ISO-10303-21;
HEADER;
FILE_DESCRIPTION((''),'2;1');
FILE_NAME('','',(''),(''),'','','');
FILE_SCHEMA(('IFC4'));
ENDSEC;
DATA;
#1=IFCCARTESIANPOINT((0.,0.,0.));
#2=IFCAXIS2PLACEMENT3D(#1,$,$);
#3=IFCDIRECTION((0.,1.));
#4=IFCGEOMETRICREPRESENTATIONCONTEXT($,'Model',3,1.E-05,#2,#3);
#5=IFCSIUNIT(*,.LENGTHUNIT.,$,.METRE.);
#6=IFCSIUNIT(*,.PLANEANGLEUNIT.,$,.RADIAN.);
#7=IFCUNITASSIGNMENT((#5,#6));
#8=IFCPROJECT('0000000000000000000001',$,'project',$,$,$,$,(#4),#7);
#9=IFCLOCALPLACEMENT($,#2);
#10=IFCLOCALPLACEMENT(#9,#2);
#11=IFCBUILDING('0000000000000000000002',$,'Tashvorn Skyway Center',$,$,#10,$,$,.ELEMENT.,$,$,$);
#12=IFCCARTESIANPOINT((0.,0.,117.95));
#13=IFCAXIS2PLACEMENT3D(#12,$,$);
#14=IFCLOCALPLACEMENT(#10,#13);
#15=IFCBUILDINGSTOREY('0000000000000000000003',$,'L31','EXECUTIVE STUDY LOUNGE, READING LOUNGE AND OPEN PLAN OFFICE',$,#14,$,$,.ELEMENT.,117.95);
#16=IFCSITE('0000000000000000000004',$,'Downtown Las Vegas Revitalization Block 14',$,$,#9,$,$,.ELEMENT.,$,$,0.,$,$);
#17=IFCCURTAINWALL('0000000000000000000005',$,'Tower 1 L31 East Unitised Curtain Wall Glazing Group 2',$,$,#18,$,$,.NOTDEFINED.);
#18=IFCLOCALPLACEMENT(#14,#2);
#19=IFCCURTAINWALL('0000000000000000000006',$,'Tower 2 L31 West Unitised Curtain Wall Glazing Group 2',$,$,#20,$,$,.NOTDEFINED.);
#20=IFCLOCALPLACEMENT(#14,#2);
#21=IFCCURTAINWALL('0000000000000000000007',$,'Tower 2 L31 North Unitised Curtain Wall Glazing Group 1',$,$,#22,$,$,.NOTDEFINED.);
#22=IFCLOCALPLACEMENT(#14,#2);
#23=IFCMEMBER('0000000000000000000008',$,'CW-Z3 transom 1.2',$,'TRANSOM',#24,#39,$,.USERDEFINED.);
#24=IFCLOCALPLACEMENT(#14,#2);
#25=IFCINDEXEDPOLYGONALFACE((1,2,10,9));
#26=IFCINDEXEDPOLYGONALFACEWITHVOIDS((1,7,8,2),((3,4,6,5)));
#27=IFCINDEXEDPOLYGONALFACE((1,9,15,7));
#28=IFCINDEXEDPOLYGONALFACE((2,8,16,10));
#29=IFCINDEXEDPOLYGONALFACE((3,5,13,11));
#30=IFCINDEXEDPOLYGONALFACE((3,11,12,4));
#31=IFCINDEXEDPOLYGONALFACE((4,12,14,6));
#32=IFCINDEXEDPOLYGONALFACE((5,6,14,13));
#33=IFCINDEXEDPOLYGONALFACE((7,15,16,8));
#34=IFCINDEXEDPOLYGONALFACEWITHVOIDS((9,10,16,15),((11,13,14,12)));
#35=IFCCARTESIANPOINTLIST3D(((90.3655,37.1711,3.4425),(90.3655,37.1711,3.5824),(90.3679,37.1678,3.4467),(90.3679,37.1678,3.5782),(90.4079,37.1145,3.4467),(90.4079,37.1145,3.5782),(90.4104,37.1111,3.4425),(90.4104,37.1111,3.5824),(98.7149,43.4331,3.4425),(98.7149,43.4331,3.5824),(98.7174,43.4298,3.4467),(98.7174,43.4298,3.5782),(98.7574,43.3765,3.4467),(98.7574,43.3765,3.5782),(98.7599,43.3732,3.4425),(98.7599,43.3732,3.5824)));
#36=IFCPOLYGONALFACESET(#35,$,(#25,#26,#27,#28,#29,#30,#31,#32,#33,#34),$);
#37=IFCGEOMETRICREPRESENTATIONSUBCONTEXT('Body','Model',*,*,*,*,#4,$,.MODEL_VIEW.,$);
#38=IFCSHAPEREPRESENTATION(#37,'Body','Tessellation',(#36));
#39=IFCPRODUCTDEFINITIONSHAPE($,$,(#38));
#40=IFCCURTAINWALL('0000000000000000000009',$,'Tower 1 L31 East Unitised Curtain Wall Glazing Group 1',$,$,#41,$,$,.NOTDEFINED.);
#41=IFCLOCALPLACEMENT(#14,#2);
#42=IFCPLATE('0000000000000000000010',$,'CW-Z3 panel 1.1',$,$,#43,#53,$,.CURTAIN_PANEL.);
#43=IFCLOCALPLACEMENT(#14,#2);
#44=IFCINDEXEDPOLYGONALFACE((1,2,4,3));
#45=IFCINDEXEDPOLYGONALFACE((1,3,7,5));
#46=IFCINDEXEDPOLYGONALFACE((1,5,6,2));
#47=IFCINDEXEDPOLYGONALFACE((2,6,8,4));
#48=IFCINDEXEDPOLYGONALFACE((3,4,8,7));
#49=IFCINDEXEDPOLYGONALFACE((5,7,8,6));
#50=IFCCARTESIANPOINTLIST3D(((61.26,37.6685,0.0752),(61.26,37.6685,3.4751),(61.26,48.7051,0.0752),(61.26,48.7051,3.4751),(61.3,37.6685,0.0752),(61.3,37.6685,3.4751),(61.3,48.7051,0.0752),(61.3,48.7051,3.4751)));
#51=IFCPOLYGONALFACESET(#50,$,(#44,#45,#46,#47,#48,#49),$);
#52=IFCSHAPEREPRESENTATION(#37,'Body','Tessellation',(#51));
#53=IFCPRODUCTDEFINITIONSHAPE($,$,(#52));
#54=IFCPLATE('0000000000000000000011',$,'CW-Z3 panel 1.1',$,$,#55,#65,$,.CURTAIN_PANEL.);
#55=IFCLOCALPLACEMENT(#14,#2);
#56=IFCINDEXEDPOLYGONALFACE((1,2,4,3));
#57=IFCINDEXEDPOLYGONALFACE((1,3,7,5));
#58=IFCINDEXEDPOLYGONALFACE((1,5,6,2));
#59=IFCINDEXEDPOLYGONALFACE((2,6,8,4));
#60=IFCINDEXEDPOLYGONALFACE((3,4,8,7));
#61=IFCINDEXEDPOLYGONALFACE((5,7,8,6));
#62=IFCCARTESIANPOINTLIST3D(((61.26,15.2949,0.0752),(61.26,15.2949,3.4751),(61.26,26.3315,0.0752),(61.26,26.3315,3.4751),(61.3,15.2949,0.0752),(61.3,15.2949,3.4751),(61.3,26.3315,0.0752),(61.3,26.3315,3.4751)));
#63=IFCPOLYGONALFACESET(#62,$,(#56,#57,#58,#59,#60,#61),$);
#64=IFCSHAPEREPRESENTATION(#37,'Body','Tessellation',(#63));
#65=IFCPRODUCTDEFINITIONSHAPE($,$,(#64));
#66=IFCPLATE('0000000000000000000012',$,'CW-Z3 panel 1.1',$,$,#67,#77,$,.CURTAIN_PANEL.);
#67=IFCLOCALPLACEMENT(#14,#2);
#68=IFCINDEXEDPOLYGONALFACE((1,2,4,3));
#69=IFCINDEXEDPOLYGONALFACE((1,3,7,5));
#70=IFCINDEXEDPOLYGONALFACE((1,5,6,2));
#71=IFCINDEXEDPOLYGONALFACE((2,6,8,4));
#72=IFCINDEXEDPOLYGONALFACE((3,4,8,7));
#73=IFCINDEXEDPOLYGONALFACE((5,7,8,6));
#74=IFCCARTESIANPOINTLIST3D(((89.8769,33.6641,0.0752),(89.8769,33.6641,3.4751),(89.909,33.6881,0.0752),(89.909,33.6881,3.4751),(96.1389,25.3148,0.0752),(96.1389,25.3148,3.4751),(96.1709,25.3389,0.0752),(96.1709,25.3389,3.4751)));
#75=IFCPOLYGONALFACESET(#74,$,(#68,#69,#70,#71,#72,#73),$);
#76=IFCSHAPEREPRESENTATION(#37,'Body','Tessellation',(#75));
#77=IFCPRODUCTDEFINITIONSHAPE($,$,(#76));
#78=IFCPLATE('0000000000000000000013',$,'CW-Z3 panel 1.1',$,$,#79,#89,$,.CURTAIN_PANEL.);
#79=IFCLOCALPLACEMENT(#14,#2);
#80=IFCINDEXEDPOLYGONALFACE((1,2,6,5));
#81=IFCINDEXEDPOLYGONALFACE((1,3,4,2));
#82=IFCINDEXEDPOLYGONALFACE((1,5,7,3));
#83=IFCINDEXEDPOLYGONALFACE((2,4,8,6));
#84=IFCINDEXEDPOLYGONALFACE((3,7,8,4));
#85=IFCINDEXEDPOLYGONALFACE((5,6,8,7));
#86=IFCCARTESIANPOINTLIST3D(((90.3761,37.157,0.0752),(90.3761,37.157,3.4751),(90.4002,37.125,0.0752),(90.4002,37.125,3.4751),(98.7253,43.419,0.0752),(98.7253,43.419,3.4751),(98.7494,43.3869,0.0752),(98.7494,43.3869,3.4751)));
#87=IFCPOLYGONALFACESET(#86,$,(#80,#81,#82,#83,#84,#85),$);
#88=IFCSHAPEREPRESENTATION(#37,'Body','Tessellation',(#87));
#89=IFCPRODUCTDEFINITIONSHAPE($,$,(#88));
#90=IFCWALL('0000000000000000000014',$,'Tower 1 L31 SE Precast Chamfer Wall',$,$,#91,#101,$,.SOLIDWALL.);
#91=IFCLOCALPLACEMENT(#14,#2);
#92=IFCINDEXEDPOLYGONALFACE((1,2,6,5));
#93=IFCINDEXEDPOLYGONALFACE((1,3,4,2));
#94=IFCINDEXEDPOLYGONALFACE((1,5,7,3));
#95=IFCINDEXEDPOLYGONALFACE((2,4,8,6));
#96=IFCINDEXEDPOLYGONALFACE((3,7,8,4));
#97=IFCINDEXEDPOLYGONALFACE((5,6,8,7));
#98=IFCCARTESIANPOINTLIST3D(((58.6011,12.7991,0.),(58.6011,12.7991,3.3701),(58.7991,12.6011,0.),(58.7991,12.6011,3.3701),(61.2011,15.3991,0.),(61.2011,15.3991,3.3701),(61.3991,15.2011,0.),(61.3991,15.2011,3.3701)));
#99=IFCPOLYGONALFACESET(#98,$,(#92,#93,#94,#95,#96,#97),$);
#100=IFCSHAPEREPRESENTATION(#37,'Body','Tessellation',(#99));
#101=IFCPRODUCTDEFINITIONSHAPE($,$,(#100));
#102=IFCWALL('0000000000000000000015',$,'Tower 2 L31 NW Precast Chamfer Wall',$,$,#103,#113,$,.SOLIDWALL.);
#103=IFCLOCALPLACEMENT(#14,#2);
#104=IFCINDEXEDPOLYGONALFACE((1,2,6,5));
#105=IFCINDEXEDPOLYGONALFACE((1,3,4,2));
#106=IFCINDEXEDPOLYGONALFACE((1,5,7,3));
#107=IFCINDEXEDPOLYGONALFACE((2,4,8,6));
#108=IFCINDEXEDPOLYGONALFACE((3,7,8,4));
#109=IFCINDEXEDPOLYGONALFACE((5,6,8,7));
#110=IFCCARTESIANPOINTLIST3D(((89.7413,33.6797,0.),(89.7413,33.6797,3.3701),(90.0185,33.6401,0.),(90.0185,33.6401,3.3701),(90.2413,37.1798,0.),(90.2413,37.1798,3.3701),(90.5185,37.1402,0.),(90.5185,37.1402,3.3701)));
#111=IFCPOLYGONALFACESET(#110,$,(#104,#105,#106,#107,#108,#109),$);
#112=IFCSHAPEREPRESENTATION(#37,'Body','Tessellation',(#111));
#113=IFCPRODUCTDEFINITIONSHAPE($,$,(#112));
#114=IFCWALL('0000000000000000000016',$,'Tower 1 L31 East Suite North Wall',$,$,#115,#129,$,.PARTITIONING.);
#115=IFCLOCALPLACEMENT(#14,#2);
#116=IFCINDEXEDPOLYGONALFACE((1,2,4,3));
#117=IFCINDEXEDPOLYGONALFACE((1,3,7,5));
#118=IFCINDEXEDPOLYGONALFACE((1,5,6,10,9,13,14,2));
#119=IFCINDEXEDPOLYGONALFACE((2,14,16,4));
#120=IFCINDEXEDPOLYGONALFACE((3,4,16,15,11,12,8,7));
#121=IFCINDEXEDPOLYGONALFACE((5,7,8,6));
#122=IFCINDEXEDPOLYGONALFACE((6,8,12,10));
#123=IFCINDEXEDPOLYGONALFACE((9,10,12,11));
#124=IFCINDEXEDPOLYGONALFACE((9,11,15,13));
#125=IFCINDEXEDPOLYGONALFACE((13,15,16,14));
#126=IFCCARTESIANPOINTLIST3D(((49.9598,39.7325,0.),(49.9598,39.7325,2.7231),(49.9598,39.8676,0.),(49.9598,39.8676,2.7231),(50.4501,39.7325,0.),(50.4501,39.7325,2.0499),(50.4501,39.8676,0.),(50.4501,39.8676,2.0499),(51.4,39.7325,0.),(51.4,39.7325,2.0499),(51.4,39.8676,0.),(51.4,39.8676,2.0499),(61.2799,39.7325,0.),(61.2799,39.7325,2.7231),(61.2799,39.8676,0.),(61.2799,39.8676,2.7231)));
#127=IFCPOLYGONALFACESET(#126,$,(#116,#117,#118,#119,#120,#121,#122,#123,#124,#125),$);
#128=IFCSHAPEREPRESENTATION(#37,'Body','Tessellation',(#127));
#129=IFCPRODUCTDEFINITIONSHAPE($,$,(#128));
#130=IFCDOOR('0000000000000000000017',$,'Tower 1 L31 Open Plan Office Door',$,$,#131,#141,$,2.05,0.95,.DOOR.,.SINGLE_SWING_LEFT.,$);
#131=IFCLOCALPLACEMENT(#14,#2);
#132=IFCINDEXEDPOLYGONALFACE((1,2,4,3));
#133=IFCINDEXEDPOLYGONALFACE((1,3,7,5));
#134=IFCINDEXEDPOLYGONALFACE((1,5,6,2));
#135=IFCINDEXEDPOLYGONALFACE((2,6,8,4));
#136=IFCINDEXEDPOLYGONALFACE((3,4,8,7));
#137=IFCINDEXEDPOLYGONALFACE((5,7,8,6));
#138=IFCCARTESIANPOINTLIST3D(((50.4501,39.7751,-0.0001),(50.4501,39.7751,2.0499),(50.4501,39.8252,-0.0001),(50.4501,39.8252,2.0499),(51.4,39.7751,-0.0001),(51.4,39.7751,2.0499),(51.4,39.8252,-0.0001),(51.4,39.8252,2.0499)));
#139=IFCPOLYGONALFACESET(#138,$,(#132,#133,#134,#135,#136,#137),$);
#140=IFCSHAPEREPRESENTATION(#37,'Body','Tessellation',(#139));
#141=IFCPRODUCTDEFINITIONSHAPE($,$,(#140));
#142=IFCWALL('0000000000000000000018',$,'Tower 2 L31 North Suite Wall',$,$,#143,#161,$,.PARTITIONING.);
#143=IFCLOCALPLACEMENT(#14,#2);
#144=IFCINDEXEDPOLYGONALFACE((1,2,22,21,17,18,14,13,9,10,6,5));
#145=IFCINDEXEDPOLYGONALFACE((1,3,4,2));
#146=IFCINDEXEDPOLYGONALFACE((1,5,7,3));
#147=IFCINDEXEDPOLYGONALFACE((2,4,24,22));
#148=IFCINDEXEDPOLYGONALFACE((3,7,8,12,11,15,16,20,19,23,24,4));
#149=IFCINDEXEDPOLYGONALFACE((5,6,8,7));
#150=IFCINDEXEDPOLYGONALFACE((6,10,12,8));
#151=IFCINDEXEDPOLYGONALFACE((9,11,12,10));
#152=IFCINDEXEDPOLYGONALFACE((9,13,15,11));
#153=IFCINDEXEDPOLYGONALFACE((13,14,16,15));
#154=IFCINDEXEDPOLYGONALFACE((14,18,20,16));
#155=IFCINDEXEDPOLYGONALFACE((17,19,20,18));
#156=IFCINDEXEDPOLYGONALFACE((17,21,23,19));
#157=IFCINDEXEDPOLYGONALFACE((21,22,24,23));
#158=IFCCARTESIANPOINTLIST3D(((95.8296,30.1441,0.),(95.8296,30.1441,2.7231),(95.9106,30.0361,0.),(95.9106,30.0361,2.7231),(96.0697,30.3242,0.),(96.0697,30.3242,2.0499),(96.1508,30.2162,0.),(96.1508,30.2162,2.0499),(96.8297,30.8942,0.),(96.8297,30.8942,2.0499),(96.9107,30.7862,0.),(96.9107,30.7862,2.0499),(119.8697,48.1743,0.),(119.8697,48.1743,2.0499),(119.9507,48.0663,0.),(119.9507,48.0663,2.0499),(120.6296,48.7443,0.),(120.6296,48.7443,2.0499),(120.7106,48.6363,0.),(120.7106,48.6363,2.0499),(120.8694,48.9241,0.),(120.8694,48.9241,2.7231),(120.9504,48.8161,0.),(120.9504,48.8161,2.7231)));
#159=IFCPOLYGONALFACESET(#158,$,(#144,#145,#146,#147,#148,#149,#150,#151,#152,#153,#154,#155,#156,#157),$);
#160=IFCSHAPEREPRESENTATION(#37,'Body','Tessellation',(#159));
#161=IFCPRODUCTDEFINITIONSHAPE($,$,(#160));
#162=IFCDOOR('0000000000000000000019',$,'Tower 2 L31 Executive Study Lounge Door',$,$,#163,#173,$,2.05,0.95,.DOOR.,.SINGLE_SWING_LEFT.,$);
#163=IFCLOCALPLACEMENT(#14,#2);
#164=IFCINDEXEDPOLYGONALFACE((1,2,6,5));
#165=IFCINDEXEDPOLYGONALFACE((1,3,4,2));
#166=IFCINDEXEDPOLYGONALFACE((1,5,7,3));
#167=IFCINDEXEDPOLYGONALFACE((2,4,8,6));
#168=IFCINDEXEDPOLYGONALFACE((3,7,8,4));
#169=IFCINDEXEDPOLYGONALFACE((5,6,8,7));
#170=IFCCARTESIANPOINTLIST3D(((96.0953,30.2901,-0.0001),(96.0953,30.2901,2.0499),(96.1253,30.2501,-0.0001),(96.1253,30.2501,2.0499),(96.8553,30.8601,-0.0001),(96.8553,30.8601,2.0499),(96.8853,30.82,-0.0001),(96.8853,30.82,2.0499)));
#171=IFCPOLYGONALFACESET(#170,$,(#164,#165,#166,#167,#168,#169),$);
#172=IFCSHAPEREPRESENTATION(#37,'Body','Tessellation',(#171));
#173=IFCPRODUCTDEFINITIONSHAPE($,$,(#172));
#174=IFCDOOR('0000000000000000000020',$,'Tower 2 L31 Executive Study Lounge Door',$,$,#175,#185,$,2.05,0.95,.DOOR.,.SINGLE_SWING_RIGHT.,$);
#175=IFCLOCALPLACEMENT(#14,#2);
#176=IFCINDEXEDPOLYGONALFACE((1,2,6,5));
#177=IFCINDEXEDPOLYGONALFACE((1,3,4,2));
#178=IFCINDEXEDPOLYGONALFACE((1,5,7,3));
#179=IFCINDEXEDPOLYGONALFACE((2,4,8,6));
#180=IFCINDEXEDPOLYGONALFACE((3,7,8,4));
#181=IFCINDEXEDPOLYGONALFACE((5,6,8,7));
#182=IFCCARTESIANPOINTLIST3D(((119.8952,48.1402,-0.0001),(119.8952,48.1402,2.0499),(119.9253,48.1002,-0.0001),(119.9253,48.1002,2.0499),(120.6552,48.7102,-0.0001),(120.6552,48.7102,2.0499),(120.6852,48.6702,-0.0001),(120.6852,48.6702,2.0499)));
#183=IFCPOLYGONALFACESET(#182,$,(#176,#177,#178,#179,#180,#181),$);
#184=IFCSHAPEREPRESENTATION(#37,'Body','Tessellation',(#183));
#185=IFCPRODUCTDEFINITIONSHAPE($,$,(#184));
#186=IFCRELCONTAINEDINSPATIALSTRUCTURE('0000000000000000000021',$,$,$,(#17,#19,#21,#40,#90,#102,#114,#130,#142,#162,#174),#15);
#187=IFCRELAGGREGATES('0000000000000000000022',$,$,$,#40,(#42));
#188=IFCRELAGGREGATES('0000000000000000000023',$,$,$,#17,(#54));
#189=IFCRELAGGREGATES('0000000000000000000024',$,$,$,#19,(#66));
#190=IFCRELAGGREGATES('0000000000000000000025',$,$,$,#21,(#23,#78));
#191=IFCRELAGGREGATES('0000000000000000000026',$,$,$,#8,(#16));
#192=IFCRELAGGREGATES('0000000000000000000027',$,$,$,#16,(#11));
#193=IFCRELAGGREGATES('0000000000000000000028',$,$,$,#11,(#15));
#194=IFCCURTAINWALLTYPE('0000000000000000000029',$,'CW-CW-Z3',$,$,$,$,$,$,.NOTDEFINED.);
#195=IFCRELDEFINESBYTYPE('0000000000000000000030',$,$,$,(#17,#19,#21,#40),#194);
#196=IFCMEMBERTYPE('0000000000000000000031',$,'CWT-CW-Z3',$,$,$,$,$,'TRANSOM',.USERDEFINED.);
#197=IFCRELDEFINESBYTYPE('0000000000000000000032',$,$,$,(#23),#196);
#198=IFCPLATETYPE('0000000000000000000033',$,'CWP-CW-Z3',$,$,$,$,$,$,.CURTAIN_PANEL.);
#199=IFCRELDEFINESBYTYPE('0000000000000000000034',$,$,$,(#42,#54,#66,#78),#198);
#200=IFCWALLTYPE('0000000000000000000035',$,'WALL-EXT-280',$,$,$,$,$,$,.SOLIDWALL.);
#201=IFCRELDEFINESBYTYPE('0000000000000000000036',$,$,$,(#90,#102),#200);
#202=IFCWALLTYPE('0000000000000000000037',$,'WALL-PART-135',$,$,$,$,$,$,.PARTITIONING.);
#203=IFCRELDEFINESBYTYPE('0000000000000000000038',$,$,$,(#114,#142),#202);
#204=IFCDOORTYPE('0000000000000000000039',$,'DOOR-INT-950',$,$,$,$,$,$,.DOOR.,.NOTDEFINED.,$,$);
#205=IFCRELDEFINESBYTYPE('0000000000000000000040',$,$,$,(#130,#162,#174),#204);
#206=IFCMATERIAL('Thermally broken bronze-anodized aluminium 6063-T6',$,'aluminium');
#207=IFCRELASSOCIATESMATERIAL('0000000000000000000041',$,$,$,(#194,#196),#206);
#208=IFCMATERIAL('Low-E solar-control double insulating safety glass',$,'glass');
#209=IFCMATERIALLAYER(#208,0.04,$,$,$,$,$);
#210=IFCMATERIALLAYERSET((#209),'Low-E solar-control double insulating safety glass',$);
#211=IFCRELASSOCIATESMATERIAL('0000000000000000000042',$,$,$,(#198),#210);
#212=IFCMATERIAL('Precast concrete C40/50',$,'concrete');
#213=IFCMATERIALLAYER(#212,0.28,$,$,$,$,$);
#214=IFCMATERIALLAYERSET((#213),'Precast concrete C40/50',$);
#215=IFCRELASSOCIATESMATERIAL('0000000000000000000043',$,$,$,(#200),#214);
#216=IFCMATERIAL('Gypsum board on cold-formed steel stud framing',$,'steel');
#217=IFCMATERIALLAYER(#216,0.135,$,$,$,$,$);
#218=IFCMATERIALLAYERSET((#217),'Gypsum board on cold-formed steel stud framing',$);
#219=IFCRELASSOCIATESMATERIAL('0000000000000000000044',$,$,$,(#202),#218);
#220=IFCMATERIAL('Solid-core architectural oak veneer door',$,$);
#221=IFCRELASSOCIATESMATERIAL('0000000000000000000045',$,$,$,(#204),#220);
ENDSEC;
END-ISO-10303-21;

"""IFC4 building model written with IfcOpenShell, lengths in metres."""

from ifc_helpers import new_model, si_unit, direction, frame, frame_2d, origin, origin_2d, place, context, subcontext, project, spatial, rectangle, hollow_rectangle, extrude, material, layer, layer_set, material_profile, profile_set, type_object, element, fill, aggregate, save


model = new_model("IFC4")

# Units and contexts
model_context = context("Model", 3, precision=1e-05, world=origin(), true_north=direction((0.0, 1.0)))
body_context = subcontext(model_context, "Body", "Model", "MODEL_VIEW")
ifc_project = project(units=[si_unit("LENGTHUNIT", "METRE"), si_unit("PLANEANGLEUNIT", "RADIAN")], contexts=[model_context])

# Site, building, storey
site_placement = place(None, origin())
site = spatial("IfcSite", under=ifc_project, at=site_placement, Name="Downtown Las Vegas Revitalization Block 14", CompositionType="ELEMENT", RefElevation=0.0)
building_placement = place(site_placement, origin())
building = spatial("IfcBuilding", under=site, at=building_placement, Name="Tashvorn Skyway Center", CompositionType="ELEMENT")
storey_placement = place(building_placement, frame((0.0, 0.0, 117.95)))
storey = spatial("IfcBuildingStorey", under=building, at=storey_placement, Name="L31", Description="EXECUTIVE STUDY LOUNGE, READING LOUNGE AND OPEN PLAN OFFICE", CompositionType="ELEMENT", Elevation=117.95)

# Curtain wall
ifc_material_1 = material(Name="Thermally broken bronze-anodized aluminium 6063-T6", Category="aluminium")
curtain_wall_type = type_object("IfcCurtainWallType", Name="CW-CW-Z3", PredefinedType="NOTDEFINED", material=ifc_material_1)
curtain_wall_1_placement = place(storey_placement, origin())
curtain_wall_1 = element("IfcCurtainWall", 1, at=curtain_wall_1_placement, inside=storey, type_object=curtain_wall_type, Name="Tower 1 L31 East Unitised Curtain Wall Glazing Group 2", PredefinedType="NOTDEFINED")

# Curtain walls
curtain_wall_2_placement = place(storey_placement, origin())
curtain_wall_2 = element("IfcCurtainWall", 2, at=curtain_wall_2_placement, inside=storey, type_object=curtain_wall_type, Name="Tower 2 L31 West Unitised Curtain Wall Glazing Group 2", PredefinedType="NOTDEFINED")
curtain_wall_3_placement = place(storey_placement, origin())
curtain_wall_3 = element("IfcCurtainWall", 3, at=curtain_wall_3_placement, inside=storey, type_object=curtain_wall_type, Name="Tower 2 L31 North Unitised Curtain Wall Glazing Group 1", PredefinedType="NOTDEFINED")

# Member
ifc_material_profile_1 = material_profile(ifc_material_1, hollow_rectangle(XDim=0.075, YDim=0.1399, WallThickness=0.0042, at=origin_2d()), Name="ALU-TRAN-75x140")
ifc_profile_set_1 = profile_set([ifc_material_profile_1], Name="Thermally broken bronze-anodized aluminium 6063-T6")
member_type_1 = type_object("IfcMemberType", Name="CWT-CW-Z3", ElementType="TRANSOM", PredefinedType="USERDEFINED", material=ifc_profile_set_1)
member_1_placement = place(storey_placement, frame((90.3879, 37.1411, 3.5125), z_axis=(0.800003, 0.599996, 0.0), x_axis=(-0.599996, 0.800003, 0.0)))
member_1 = element("IfcMember", 4, at=member_1_placement, type_object=member_type_1, Name="CW-Z3 transom 1.2", ObjectType="TRANSOM", PredefinedType="USERDEFINED", context=body_context, shape_type="SweptSolid", body=[
    extrude(hollow_rectangle(XDim=0.075, YDim=0.1399, WallThickness=0.0042, at=origin_2d()), origin(), (0.0, 0.0, 1.0), 10.4368),
])

# Curtain wall, plate
curtain_wall_4_placement = place(storey_placement, origin())
curtain_wall_4 = element("IfcCurtainWall", 5, at=curtain_wall_4_placement, inside=storey, type_object=curtain_wall_type, Name="Tower 1 L31 East Unitised Curtain Wall Glazing Group 1", PredefinedType="NOTDEFINED")
ifc_material_2 = material(Name="Low-E solar-control double insulating safety glass", Category="glass")
ifc_layer_1 = layer(ifc_material_2, 0.04)
ifc_layer_set_1 = layer_set([ifc_layer_1], Name="Low-E solar-control double insulating safety glass")
plate_type = type_object("IfcPlateType", Name="CWP-CW-Z3", PredefinedType="CURTAIN_PANEL", material=ifc_layer_set_1)
plate_1_placement = place(storey_placement, frame((61.28, 43.1868, 0.0752), z_axis=(0.0, 0.0, 1.0), x_axis=(0.0, -1.0, 0.0)))
plate_1 = element("IfcPlate", 6, at=plate_1_placement, type_object=plate_type, Name="CW-Z3 panel 1.1", PredefinedType="CURTAIN_PANEL", context=body_context, shape_type="SweptSolid", body=[
    extrude(rectangle(XDim=11.0366, YDim=0.04, at=origin_2d()), origin(), (0.0, 0.0, 1.0), 3.3999),
])
aggregate(curtain_wall_4, [plate_1])

# Plates
plate_2_placement = place(storey_placement, frame((61.28, 20.8132, 0.0752), z_axis=(0.0, 0.0, 1.0), x_axis=(0.0, -1.0, 0.0)))
plate_2 = element("IfcPlate", 7, at=plate_2_placement, type_object=plate_type, Name="CW-Z3 panel 1.1", PredefinedType="CURTAIN_PANEL", context=body_context, shape_type="SweptSolid", body=[
    extrude(rectangle(XDim=11.0366, YDim=0.04, at=origin_2d()), origin(), (0.0, 0.0, 1.0), 3.3999),
])
aggregate(curtain_wall_1, [plate_2])
plate_3_placement = place(storey_placement, frame((93.0239, 29.5015, 0.0752), z_axis=(0.0, 0.0, 1.0), x_axis=(-0.600002, 0.799999, 0.0)))
plate_3 = element("IfcPlate", 8, at=plate_3_placement, type_object=plate_type, Name="CW-Z3 panel 1.1", PredefinedType="CURTAIN_PANEL", context=body_context, shape_type="SweptSolid", body=[
    extrude(rectangle(XDim=10.4365, YDim=0.04, at=origin_2d()), origin(), (0.0, 0.0, 1.0), 3.3999),
])
aggregate(curtain_wall_2, [plate_3])
plate_4_placement = place(storey_placement, frame((94.5627, 40.272, 0.0752), z_axis=(0.0, 0.0, 1.0), x_axis=(0.799999, 0.600002, 0.0)))
plate_4 = element("IfcPlate", 9, at=plate_4_placement, type_object=plate_type, Name="CW-Z3 panel 1.1", PredefinedType="CURTAIN_PANEL", context=body_context, shape_type="SweptSolid", body=[
    extrude(rectangle(XDim=10.4365, YDim=0.04, at=origin_2d()), origin(), (0.0, 0.0, 1.0), 3.3999),
])
aggregate(curtain_wall_3, [member_1, plate_4])

# Walls
ifc_material_3 = material(Name="Precast concrete C40/50", Category="concrete")
ifc_layer_2 = layer(ifc_material_3, 0.28)
ifc_layer_set_2 = layer_set([ifc_layer_2], Name="Precast concrete C40/50")
wall_type_1 = type_object("IfcWallType", Name="WALL-EXT-280", PredefinedType="SOLIDWALL", material=ifc_layer_set_2)
wall_1_placement = place(storey_placement, frame((61.3, 15.3, 0.0), z_axis=(0.0, 0.0, 1.0), x_axis=(-0.707107, -0.707107, 0.0)))
element("IfcWall", 10, at=wall_1_placement, inside=storey, type_object=wall_type_1, Name="Tower 1 L31 SE Precast Chamfer Wall", PredefinedType="SOLIDWALL", context=body_context, shape_type="SweptSolid", body=[
    extrude(rectangle(XDim=3.677, YDim=0.28, at=frame_2d((1.8384, 0.0))), origin(), (0.0, 0.0, 1.0), 3.3701),
])
wall_2_placement = place(storey_placement, frame((89.8799, 33.6599, 0.0), z_axis=(0.0, 0.0, 1.0), x_axis=(0.141421, 0.989949, 0.0)))
element("IfcWall", 11, at=wall_2_placement, inside=storey, type_object=wall_type_1, Name="Tower 2 L31 NW Precast Chamfer Wall", PredefinedType="SOLIDWALL", context=body_context, shape_type="SweptSolid", body=[
    extrude(rectangle(XDim=3.5356, YDim=0.28, at=frame_2d((1.7678, 0.0))), origin(), (0.0, 0.0, 1.0), 3.3701),
])

# Wall, opening, door
ifc_material_4 = material(Name="Gypsum board on cold-formed steel stud framing", Category="steel")
ifc_layer_3 = layer(ifc_material_4, 0.135)
ifc_layer_set_3 = layer_set([ifc_layer_3], Name="Gypsum board on cold-formed steel stud framing")
wall_type_2 = type_object("IfcWallType", Name="WALL-PART-135", PredefinedType="PARTITIONING", material=ifc_layer_set_3)
wall_3_placement = place(storey_placement, frame((61.28, 39.8, 0.0), z_axis=(0.0, 0.0, 1.0), x_axis=(-1.0, 0.0, 0.0)))
wall_3 = element("IfcWall", 12, at=wall_3_placement, inside=storey, type_object=wall_type_2, Name="Tower 1 L31 East Suite North Wall", PredefinedType="PARTITIONING", context=body_context, shape_type="SweptSolid", body=[
    extrude(rectangle(XDim=11.3201, YDim=0.135, at=frame_2d((5.6602, 0.0))), origin(), (0.0, 0.0, 1.0), 2.7231),
])
opening_1_placement = place(wall_3_placement, frame((9.8799, 0.0, 0.0)))
opening_1 = element("IfcOpeningElement", 13, at=opening_1_placement, cuts=wall_3, PredefinedType="OPENING", context=body_context, shape_type="SweptSolid", body=[
    extrude(rectangle(XDim=0.95, YDim=2.05, at=frame_2d((0.4751, 1.0249))), frame((0.0, 0.0774, 0.0), z_axis=(0.0, -1.0, 0.0), x_axis=(1.0, 0.0, 0.0)), (0.0, 0.0, 1.0), 0.155),
])
ifc_material_5 = material(Name="Solid-core architectural oak veneer door")
door_type = type_object("IfcDoorType", Name="DOOR-INT-950", OperationType="NOTDEFINED", PredefinedType="DOOR", material=ifc_material_5)
door_1_placement = place(opening_1_placement, origin())
door_1 = element("IfcDoor", 14, at=door_1_placement, inside=storey, type_object=door_type, Name="Tower 1 L31 Open Plan Office Door", OperationType="SINGLE_SWING_LEFT", OverallHeight=2.05, OverallWidth=0.95, PredefinedType="DOOR", context=body_context, shape_type="SweptSolid", body=[
    extrude(rectangle(XDim=0.95, YDim=2.05, at=frame_2d((0.4751, 1.0249))), frame((0.0, 0.0249, 0.0), z_axis=(0.0, -1.0, 0.0), x_axis=(1.0, 0.0, 0.0)), (0.0, 0.0, 1.0), 0.05),
])
fill(opening_1, door_1)

# Wall, openings, doors
wall_4_placement = place(storey_placement, frame((95.8701, 30.0901, 0.0), z_axis=(0.0, 0.0, 1.0), x_axis=(0.799997, 0.600004, 0.0)))
wall_4 = element("IfcWall", 15, at=wall_4_placement, inside=storey, type_object=wall_type_2, Name="Tower 2 L31 North Suite Wall", PredefinedType="PARTITIONING", context=body_context, shape_type="SweptSolid", body=[
    extrude(rectangle(XDim=31.2998, YDim=0.135, at=frame_2d((15.6499, 0.0))), origin(), (0.0, 0.0, 1.0), 2.7231),
])
opening_2_placement = place(wall_4_placement, frame((0.3, 0.0, 0.0)))
opening_2 = element("IfcOpeningElement", 16, at=opening_2_placement, cuts=wall_4, PredefinedType="OPENING", context=body_context, shape_type="SweptSolid", body=[
    extrude(rectangle(XDim=0.95, YDim=2.05, at=frame_2d((0.4751, 1.0249))), frame((0.0, 0.0774, 0.0), z_axis=(0.0, -1.0, 0.0), x_axis=(1.0, 0.0, 0.0)), (0.0, 0.0, 1.0), 0.155),
])
opening_3_placement = place(wall_4_placement, frame((30.05, 0.0, 0.0)))
opening_3 = element("IfcOpeningElement", 17, at=opening_3_placement, cuts=wall_4, PredefinedType="OPENING", context=body_context, shape_type="SweptSolid", body=[
    extrude(rectangle(XDim=0.95, YDim=2.05, at=frame_2d((0.4751, 1.0249))), frame((0.0, 0.0774, 0.0), z_axis=(0.0, -1.0, 0.0), x_axis=(1.0, 0.0, 0.0)), (0.0, 0.0, 1.0), 0.155),
])
door_2_placement = place(opening_2_placement, origin())
door_2 = element("IfcDoor", 18, at=door_2_placement, inside=storey, type_object=door_type, Name="Tower 2 L31 Executive Study Lounge Door", OperationType="SINGLE_SWING_LEFT", OverallHeight=2.05, OverallWidth=0.95, PredefinedType="DOOR", context=body_context, shape_type="SweptSolid", body=[
    extrude(rectangle(XDim=0.95, YDim=2.05, at=frame_2d((0.4751, 1.0249))), frame((0.0, 0.0249, 0.0), z_axis=(0.0, -1.0, 0.0), x_axis=(1.0, 0.0, 0.0)), (0.0, 0.0, 1.0), 0.05),
])
fill(opening_2, door_2)
door_3_placement = place(opening_3_placement, origin())
door_3 = element("IfcDoor", 19, at=door_3_placement, inside=storey, type_object=door_type, Name="Tower 2 L31 Executive Study Lounge Door", OperationType="SINGLE_SWING_RIGHT", OverallHeight=2.05, OverallWidth=0.95, PredefinedType="DOOR", context=body_context, shape_type="SweptSolid", body=[
    extrude(rectangle(XDim=0.95, YDim=2.05, at=frame_2d((0.4751, 1.0249))), frame((0.0, 0.0249, 0.0), z_axis=(0.0, -1.0, 0.0), x_axis=(1.0, 0.0, 0.0)), (0.0, 0.0, 1.0), 0.05),
])
fill(opening_3, door_3)

save(model, "model.ifc")
